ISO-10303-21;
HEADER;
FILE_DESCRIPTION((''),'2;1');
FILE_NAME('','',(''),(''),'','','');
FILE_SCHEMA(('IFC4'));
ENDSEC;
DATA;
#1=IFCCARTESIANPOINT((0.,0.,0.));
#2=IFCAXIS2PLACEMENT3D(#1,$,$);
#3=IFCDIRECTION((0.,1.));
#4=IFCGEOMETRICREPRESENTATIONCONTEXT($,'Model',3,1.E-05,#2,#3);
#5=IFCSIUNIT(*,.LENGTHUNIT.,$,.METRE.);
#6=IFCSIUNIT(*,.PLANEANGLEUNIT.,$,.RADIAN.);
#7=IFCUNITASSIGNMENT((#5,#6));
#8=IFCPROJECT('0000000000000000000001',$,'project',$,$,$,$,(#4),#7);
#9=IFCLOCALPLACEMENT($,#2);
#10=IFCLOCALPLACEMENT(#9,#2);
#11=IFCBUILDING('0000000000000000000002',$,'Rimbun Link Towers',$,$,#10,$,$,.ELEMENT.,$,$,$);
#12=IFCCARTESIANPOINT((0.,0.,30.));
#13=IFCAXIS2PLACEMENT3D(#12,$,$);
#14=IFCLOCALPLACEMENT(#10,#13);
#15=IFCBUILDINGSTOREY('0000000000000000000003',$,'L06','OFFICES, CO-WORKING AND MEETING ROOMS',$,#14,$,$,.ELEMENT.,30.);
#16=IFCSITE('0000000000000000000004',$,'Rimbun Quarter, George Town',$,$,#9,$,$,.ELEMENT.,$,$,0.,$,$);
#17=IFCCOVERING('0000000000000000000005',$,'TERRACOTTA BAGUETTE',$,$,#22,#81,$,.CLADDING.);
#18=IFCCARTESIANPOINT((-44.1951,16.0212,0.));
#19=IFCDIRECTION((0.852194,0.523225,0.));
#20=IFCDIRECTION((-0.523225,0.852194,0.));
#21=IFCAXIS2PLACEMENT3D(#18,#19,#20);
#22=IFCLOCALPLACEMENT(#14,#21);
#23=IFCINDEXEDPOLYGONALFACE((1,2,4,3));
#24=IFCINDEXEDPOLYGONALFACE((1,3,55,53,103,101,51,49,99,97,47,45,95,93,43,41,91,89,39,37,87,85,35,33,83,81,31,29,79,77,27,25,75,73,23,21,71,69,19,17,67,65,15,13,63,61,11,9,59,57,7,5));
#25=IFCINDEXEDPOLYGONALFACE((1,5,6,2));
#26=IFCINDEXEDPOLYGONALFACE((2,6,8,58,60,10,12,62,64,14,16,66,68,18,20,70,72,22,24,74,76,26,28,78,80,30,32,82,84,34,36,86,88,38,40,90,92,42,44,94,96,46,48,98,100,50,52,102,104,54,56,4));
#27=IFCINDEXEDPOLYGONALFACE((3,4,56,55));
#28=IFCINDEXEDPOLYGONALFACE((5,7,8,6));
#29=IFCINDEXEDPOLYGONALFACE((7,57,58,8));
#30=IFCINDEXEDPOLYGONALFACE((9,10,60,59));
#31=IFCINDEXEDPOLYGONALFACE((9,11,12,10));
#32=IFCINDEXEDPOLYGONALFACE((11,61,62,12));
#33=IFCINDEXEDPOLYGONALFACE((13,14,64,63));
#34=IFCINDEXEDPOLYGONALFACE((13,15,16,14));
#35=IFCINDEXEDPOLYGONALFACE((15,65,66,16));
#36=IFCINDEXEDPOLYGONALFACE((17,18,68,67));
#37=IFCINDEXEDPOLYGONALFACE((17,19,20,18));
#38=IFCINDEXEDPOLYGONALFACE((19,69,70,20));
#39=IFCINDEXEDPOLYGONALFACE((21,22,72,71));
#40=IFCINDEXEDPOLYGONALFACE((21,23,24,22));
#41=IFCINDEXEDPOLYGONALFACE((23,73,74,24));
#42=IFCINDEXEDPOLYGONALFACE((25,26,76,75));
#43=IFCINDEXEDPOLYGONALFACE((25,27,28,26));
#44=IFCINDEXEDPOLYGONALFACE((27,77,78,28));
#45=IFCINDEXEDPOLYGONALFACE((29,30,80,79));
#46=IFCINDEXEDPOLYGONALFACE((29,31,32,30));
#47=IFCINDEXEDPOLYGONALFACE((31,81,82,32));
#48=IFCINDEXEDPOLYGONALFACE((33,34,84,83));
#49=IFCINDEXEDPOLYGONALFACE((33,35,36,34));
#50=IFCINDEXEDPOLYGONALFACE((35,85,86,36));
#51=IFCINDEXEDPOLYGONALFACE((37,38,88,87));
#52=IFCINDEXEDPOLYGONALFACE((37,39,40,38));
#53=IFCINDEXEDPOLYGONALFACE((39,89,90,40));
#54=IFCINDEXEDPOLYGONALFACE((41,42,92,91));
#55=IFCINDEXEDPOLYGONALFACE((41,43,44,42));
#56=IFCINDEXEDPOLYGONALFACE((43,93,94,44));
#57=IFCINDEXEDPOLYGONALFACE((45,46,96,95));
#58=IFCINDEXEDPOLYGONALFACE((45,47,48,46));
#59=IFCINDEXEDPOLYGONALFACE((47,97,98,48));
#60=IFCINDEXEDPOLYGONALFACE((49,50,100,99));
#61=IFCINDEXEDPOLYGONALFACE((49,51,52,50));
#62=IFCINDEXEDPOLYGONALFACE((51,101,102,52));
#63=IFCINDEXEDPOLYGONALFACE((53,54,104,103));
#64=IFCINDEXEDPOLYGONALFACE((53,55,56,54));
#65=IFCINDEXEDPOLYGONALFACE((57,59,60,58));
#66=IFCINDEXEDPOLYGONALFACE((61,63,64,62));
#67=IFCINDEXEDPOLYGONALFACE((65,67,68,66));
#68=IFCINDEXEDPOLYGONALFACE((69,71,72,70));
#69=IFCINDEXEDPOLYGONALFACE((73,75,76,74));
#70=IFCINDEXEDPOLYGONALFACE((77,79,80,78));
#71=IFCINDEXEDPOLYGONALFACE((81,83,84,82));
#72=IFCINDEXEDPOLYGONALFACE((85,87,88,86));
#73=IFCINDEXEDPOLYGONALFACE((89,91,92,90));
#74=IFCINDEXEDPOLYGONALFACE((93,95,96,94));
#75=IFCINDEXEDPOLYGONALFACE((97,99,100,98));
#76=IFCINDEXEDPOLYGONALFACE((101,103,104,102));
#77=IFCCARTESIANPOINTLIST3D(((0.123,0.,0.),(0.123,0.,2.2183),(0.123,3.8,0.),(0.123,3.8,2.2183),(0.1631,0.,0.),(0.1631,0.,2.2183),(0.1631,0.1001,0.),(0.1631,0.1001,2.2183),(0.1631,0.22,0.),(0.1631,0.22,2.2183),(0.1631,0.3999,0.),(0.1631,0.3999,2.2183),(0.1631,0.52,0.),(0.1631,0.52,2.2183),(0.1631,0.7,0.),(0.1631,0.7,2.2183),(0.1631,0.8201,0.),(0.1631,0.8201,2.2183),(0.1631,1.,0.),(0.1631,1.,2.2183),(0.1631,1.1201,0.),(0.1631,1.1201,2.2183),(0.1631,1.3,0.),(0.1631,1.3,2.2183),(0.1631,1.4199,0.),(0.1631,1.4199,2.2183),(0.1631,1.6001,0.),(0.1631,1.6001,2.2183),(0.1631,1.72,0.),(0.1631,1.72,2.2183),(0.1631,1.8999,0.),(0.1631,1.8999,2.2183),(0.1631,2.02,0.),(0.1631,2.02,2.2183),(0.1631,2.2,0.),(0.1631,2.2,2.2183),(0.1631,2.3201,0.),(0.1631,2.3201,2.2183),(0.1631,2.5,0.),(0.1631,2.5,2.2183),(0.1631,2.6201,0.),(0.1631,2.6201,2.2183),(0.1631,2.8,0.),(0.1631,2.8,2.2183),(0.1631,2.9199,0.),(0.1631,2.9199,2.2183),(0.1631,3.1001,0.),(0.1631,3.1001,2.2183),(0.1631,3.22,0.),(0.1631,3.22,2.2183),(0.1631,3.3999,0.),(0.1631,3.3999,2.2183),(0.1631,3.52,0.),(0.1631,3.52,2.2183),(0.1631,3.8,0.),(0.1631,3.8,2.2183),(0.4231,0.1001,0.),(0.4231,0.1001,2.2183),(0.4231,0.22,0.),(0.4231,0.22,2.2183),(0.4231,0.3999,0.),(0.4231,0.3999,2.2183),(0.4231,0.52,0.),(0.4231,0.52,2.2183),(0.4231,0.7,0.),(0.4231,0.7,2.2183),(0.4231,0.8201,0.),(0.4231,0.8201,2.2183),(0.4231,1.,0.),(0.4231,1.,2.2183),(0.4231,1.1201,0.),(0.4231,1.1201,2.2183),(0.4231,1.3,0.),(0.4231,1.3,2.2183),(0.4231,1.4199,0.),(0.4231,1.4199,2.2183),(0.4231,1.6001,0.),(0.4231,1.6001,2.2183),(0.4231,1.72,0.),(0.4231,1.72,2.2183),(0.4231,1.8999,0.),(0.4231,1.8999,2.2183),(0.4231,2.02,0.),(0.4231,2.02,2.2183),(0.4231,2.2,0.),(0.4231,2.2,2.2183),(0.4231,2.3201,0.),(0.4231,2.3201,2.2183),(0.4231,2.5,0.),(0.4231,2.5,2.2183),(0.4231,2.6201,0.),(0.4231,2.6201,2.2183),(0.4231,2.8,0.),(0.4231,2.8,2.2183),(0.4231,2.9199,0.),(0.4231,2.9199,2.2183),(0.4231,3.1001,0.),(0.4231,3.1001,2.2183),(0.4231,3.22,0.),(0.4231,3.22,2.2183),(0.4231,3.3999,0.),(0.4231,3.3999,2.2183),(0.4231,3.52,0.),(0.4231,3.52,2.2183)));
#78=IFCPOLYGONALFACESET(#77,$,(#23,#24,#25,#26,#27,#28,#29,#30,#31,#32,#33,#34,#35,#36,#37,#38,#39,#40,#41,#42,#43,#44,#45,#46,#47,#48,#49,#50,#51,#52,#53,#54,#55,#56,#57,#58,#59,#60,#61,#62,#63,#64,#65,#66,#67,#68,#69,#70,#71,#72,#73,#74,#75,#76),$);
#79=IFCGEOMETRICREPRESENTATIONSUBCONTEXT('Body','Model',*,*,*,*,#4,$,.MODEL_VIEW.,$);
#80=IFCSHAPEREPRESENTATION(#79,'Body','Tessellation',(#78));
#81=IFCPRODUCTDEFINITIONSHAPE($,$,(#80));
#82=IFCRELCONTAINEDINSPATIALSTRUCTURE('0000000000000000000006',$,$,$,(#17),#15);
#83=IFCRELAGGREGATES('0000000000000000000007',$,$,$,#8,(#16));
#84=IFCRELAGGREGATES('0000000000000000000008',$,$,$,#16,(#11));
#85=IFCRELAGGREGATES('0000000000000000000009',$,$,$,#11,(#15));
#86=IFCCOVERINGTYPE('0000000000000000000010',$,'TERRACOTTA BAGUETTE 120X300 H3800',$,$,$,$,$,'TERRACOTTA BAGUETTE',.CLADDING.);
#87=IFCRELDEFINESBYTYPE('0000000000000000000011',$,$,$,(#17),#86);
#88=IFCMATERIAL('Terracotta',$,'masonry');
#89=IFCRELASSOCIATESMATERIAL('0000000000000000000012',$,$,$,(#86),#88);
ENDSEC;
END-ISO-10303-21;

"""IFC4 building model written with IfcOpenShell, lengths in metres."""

from ifc_helpers import new_model, si_unit, direction, frame, origin, place, context, subcontext, project, spatial, polyline, outline, extrude, material, material_profile, profile_set, type_object, element, save


model = new_model("IFC4")

# Units and contexts
model_context = context("Model", 3, precision=1e-05, world=origin(), true_north=direction((0.0, 1.0)))
body_context = subcontext(model_context, "Body", "Model", "MODEL_VIEW")
ifc_project = project(units=[si_unit("LENGTHUNIT", "METRE"), si_unit("PLANEANGLEUNIT", "RADIAN")], contexts=[model_context])

# Site, building, storey
site_placement = place(None, origin())
site = spatial("IfcSite", under=ifc_project, at=site_placement, Name="Rimbun Quarter, George Town", CompositionType="ELEMENT", RefElevation=0.0)
building_placement = place(site_placement, origin())
building = spatial("IfcBuilding", under=site, at=building_placement, Name="Rimbun Link Towers", CompositionType="ELEMENT")
storey_placement = place(building_placement, frame((0.0, 0.0, 30.0)))
storey = spatial("IfcBuildingStorey", under=building, at=storey_placement, Name="L06", Description="OFFICES, CO-WORKING AND MEETING ROOMS", CompositionType="ELEMENT", Elevation=30.0)

# Covering
ifc_material_1 = material(Name="Terracotta", Category="masonry")
ifc_material_profile_1 = material_profile(ifc_material_1, outline(polyline([(0.123, 0.0), (0.1631, 0.0), (0.1631, 0.1001), (0.4231, 0.1001), (0.4231, 0.22), (0.1631, 0.22), (0.1631, 0.3999), (0.4231, 0.3999), (0.4231, 0.52), (0.1631, 0.52), (0.1631, 0.7), (0.4231, 0.7), (0.4231, 0.8201), (0.1631, 0.8201), (0.1631, 1.0), (0.4231, 1.0), (0.4231, 1.1201), (0.1631, 1.1201), (0.1631, 1.3), (0.4231, 1.3), (0.4231, 1.4199), (0.1631, 1.4199), (0.1631, 1.6001), (0.4231, 1.6001), (0.4231, 1.72), (0.1631, 1.72), (0.1631, 1.8999), (0.4231, 1.8999), (0.4231, 2.02), (0.1631, 2.02), (0.1631, 2.2), (0.4231, 2.2), (0.4231, 2.3201), (0.1631, 2.3201), (0.1631, 2.5), (0.4231, 2.5), (0.4231, 2.6201), (0.1631, 2.6201), (0.1631, 2.8), (0.4231, 2.8), (0.4231, 2.9199), (0.1631, 2.9199), (0.1631, 3.1001), (0.4231, 3.1001), (0.4231, 3.22), (0.1631, 3.22), (0.1631, 3.3999), (0.4231, 3.3999), (0.4231, 3.52), (0.1631, 3.52), (0.1631, 3.8), (0.123, 3.8), (0.123, 0.0)])), Name="BAGUETTE 120X300")
ifc_profile_set_1 = profile_set([ifc_material_profile_1], Name="Terracotta")
covering_type = type_object("IfcCoveringType", Name="TERRACOTTA BAGUETTE 120X300 H3800", ElementType="TERRACOTTA BAGUETTE", PredefinedType="CLADDING", material=ifc_profile_set_1)
covering_placement = place(storey_placement, frame((-44.1951, 16.0212, 0.0), z_axis=(0.852194, 0.523225, 0.0), x_axis=(-0.523225, 0.852194, 0.0)))
element("IfcCovering", 1, at=covering_placement, inside=storey, type_object=covering_type, Name="TERRACOTTA BAGUETTE", PredefinedType="CLADDING", context=body_context, shape_type="SweptSolid", body=[
    extrude(outline(polyline([(0.123, 0.0), (0.1631, 0.0), (0.1631, 0.1001), (0.4231, 0.1001), (0.4231, 0.22), (0.1631, 0.22), (0.1631, 0.3999), (0.4231, 0.3999), (0.4231, 0.52), (0.1631, 0.52), (0.1631, 0.7), (0.4231, 0.7), (0.4231, 0.8201), (0.1631, 0.8201), (0.1631, 1.0), (0.4231, 1.0), (0.4231, 1.1201), (0.1631, 1.1201), (0.1631, 1.3), (0.4231, 1.3), (0.4231, 1.4199), (0.1631, 1.4199), (0.1631, 1.6001), (0.4231, 1.6001), (0.4231, 1.72), (0.1631, 1.72), (0.1631, 1.8999), (0.4231, 1.8999), (0.4231, 2.02), (0.1631, 2.02), (0.1631, 2.2), (0.4231, 2.2), (0.4231, 2.3201), (0.1631, 2.3201), (0.1631, 2.5), (0.4231, 2.5), (0.4231, 2.6201), (0.1631, 2.6201), (0.1631, 2.8), (0.4231, 2.8), (0.4231, 2.9199), (0.1631, 2.9199), (0.1631, 3.1001), (0.4231, 3.1001), (0.4231, 3.22), (0.1631, 3.22), (0.1631, 3.3999), (0.4231, 3.3999), (0.4231, 3.52), (0.1631, 3.52), (0.1631, 3.8), (0.123, 3.8), (0.123, 0.0)])), origin(), (0.0, 0.0, 1.0), 2.2183),
])

save(model, "model.ifc")
